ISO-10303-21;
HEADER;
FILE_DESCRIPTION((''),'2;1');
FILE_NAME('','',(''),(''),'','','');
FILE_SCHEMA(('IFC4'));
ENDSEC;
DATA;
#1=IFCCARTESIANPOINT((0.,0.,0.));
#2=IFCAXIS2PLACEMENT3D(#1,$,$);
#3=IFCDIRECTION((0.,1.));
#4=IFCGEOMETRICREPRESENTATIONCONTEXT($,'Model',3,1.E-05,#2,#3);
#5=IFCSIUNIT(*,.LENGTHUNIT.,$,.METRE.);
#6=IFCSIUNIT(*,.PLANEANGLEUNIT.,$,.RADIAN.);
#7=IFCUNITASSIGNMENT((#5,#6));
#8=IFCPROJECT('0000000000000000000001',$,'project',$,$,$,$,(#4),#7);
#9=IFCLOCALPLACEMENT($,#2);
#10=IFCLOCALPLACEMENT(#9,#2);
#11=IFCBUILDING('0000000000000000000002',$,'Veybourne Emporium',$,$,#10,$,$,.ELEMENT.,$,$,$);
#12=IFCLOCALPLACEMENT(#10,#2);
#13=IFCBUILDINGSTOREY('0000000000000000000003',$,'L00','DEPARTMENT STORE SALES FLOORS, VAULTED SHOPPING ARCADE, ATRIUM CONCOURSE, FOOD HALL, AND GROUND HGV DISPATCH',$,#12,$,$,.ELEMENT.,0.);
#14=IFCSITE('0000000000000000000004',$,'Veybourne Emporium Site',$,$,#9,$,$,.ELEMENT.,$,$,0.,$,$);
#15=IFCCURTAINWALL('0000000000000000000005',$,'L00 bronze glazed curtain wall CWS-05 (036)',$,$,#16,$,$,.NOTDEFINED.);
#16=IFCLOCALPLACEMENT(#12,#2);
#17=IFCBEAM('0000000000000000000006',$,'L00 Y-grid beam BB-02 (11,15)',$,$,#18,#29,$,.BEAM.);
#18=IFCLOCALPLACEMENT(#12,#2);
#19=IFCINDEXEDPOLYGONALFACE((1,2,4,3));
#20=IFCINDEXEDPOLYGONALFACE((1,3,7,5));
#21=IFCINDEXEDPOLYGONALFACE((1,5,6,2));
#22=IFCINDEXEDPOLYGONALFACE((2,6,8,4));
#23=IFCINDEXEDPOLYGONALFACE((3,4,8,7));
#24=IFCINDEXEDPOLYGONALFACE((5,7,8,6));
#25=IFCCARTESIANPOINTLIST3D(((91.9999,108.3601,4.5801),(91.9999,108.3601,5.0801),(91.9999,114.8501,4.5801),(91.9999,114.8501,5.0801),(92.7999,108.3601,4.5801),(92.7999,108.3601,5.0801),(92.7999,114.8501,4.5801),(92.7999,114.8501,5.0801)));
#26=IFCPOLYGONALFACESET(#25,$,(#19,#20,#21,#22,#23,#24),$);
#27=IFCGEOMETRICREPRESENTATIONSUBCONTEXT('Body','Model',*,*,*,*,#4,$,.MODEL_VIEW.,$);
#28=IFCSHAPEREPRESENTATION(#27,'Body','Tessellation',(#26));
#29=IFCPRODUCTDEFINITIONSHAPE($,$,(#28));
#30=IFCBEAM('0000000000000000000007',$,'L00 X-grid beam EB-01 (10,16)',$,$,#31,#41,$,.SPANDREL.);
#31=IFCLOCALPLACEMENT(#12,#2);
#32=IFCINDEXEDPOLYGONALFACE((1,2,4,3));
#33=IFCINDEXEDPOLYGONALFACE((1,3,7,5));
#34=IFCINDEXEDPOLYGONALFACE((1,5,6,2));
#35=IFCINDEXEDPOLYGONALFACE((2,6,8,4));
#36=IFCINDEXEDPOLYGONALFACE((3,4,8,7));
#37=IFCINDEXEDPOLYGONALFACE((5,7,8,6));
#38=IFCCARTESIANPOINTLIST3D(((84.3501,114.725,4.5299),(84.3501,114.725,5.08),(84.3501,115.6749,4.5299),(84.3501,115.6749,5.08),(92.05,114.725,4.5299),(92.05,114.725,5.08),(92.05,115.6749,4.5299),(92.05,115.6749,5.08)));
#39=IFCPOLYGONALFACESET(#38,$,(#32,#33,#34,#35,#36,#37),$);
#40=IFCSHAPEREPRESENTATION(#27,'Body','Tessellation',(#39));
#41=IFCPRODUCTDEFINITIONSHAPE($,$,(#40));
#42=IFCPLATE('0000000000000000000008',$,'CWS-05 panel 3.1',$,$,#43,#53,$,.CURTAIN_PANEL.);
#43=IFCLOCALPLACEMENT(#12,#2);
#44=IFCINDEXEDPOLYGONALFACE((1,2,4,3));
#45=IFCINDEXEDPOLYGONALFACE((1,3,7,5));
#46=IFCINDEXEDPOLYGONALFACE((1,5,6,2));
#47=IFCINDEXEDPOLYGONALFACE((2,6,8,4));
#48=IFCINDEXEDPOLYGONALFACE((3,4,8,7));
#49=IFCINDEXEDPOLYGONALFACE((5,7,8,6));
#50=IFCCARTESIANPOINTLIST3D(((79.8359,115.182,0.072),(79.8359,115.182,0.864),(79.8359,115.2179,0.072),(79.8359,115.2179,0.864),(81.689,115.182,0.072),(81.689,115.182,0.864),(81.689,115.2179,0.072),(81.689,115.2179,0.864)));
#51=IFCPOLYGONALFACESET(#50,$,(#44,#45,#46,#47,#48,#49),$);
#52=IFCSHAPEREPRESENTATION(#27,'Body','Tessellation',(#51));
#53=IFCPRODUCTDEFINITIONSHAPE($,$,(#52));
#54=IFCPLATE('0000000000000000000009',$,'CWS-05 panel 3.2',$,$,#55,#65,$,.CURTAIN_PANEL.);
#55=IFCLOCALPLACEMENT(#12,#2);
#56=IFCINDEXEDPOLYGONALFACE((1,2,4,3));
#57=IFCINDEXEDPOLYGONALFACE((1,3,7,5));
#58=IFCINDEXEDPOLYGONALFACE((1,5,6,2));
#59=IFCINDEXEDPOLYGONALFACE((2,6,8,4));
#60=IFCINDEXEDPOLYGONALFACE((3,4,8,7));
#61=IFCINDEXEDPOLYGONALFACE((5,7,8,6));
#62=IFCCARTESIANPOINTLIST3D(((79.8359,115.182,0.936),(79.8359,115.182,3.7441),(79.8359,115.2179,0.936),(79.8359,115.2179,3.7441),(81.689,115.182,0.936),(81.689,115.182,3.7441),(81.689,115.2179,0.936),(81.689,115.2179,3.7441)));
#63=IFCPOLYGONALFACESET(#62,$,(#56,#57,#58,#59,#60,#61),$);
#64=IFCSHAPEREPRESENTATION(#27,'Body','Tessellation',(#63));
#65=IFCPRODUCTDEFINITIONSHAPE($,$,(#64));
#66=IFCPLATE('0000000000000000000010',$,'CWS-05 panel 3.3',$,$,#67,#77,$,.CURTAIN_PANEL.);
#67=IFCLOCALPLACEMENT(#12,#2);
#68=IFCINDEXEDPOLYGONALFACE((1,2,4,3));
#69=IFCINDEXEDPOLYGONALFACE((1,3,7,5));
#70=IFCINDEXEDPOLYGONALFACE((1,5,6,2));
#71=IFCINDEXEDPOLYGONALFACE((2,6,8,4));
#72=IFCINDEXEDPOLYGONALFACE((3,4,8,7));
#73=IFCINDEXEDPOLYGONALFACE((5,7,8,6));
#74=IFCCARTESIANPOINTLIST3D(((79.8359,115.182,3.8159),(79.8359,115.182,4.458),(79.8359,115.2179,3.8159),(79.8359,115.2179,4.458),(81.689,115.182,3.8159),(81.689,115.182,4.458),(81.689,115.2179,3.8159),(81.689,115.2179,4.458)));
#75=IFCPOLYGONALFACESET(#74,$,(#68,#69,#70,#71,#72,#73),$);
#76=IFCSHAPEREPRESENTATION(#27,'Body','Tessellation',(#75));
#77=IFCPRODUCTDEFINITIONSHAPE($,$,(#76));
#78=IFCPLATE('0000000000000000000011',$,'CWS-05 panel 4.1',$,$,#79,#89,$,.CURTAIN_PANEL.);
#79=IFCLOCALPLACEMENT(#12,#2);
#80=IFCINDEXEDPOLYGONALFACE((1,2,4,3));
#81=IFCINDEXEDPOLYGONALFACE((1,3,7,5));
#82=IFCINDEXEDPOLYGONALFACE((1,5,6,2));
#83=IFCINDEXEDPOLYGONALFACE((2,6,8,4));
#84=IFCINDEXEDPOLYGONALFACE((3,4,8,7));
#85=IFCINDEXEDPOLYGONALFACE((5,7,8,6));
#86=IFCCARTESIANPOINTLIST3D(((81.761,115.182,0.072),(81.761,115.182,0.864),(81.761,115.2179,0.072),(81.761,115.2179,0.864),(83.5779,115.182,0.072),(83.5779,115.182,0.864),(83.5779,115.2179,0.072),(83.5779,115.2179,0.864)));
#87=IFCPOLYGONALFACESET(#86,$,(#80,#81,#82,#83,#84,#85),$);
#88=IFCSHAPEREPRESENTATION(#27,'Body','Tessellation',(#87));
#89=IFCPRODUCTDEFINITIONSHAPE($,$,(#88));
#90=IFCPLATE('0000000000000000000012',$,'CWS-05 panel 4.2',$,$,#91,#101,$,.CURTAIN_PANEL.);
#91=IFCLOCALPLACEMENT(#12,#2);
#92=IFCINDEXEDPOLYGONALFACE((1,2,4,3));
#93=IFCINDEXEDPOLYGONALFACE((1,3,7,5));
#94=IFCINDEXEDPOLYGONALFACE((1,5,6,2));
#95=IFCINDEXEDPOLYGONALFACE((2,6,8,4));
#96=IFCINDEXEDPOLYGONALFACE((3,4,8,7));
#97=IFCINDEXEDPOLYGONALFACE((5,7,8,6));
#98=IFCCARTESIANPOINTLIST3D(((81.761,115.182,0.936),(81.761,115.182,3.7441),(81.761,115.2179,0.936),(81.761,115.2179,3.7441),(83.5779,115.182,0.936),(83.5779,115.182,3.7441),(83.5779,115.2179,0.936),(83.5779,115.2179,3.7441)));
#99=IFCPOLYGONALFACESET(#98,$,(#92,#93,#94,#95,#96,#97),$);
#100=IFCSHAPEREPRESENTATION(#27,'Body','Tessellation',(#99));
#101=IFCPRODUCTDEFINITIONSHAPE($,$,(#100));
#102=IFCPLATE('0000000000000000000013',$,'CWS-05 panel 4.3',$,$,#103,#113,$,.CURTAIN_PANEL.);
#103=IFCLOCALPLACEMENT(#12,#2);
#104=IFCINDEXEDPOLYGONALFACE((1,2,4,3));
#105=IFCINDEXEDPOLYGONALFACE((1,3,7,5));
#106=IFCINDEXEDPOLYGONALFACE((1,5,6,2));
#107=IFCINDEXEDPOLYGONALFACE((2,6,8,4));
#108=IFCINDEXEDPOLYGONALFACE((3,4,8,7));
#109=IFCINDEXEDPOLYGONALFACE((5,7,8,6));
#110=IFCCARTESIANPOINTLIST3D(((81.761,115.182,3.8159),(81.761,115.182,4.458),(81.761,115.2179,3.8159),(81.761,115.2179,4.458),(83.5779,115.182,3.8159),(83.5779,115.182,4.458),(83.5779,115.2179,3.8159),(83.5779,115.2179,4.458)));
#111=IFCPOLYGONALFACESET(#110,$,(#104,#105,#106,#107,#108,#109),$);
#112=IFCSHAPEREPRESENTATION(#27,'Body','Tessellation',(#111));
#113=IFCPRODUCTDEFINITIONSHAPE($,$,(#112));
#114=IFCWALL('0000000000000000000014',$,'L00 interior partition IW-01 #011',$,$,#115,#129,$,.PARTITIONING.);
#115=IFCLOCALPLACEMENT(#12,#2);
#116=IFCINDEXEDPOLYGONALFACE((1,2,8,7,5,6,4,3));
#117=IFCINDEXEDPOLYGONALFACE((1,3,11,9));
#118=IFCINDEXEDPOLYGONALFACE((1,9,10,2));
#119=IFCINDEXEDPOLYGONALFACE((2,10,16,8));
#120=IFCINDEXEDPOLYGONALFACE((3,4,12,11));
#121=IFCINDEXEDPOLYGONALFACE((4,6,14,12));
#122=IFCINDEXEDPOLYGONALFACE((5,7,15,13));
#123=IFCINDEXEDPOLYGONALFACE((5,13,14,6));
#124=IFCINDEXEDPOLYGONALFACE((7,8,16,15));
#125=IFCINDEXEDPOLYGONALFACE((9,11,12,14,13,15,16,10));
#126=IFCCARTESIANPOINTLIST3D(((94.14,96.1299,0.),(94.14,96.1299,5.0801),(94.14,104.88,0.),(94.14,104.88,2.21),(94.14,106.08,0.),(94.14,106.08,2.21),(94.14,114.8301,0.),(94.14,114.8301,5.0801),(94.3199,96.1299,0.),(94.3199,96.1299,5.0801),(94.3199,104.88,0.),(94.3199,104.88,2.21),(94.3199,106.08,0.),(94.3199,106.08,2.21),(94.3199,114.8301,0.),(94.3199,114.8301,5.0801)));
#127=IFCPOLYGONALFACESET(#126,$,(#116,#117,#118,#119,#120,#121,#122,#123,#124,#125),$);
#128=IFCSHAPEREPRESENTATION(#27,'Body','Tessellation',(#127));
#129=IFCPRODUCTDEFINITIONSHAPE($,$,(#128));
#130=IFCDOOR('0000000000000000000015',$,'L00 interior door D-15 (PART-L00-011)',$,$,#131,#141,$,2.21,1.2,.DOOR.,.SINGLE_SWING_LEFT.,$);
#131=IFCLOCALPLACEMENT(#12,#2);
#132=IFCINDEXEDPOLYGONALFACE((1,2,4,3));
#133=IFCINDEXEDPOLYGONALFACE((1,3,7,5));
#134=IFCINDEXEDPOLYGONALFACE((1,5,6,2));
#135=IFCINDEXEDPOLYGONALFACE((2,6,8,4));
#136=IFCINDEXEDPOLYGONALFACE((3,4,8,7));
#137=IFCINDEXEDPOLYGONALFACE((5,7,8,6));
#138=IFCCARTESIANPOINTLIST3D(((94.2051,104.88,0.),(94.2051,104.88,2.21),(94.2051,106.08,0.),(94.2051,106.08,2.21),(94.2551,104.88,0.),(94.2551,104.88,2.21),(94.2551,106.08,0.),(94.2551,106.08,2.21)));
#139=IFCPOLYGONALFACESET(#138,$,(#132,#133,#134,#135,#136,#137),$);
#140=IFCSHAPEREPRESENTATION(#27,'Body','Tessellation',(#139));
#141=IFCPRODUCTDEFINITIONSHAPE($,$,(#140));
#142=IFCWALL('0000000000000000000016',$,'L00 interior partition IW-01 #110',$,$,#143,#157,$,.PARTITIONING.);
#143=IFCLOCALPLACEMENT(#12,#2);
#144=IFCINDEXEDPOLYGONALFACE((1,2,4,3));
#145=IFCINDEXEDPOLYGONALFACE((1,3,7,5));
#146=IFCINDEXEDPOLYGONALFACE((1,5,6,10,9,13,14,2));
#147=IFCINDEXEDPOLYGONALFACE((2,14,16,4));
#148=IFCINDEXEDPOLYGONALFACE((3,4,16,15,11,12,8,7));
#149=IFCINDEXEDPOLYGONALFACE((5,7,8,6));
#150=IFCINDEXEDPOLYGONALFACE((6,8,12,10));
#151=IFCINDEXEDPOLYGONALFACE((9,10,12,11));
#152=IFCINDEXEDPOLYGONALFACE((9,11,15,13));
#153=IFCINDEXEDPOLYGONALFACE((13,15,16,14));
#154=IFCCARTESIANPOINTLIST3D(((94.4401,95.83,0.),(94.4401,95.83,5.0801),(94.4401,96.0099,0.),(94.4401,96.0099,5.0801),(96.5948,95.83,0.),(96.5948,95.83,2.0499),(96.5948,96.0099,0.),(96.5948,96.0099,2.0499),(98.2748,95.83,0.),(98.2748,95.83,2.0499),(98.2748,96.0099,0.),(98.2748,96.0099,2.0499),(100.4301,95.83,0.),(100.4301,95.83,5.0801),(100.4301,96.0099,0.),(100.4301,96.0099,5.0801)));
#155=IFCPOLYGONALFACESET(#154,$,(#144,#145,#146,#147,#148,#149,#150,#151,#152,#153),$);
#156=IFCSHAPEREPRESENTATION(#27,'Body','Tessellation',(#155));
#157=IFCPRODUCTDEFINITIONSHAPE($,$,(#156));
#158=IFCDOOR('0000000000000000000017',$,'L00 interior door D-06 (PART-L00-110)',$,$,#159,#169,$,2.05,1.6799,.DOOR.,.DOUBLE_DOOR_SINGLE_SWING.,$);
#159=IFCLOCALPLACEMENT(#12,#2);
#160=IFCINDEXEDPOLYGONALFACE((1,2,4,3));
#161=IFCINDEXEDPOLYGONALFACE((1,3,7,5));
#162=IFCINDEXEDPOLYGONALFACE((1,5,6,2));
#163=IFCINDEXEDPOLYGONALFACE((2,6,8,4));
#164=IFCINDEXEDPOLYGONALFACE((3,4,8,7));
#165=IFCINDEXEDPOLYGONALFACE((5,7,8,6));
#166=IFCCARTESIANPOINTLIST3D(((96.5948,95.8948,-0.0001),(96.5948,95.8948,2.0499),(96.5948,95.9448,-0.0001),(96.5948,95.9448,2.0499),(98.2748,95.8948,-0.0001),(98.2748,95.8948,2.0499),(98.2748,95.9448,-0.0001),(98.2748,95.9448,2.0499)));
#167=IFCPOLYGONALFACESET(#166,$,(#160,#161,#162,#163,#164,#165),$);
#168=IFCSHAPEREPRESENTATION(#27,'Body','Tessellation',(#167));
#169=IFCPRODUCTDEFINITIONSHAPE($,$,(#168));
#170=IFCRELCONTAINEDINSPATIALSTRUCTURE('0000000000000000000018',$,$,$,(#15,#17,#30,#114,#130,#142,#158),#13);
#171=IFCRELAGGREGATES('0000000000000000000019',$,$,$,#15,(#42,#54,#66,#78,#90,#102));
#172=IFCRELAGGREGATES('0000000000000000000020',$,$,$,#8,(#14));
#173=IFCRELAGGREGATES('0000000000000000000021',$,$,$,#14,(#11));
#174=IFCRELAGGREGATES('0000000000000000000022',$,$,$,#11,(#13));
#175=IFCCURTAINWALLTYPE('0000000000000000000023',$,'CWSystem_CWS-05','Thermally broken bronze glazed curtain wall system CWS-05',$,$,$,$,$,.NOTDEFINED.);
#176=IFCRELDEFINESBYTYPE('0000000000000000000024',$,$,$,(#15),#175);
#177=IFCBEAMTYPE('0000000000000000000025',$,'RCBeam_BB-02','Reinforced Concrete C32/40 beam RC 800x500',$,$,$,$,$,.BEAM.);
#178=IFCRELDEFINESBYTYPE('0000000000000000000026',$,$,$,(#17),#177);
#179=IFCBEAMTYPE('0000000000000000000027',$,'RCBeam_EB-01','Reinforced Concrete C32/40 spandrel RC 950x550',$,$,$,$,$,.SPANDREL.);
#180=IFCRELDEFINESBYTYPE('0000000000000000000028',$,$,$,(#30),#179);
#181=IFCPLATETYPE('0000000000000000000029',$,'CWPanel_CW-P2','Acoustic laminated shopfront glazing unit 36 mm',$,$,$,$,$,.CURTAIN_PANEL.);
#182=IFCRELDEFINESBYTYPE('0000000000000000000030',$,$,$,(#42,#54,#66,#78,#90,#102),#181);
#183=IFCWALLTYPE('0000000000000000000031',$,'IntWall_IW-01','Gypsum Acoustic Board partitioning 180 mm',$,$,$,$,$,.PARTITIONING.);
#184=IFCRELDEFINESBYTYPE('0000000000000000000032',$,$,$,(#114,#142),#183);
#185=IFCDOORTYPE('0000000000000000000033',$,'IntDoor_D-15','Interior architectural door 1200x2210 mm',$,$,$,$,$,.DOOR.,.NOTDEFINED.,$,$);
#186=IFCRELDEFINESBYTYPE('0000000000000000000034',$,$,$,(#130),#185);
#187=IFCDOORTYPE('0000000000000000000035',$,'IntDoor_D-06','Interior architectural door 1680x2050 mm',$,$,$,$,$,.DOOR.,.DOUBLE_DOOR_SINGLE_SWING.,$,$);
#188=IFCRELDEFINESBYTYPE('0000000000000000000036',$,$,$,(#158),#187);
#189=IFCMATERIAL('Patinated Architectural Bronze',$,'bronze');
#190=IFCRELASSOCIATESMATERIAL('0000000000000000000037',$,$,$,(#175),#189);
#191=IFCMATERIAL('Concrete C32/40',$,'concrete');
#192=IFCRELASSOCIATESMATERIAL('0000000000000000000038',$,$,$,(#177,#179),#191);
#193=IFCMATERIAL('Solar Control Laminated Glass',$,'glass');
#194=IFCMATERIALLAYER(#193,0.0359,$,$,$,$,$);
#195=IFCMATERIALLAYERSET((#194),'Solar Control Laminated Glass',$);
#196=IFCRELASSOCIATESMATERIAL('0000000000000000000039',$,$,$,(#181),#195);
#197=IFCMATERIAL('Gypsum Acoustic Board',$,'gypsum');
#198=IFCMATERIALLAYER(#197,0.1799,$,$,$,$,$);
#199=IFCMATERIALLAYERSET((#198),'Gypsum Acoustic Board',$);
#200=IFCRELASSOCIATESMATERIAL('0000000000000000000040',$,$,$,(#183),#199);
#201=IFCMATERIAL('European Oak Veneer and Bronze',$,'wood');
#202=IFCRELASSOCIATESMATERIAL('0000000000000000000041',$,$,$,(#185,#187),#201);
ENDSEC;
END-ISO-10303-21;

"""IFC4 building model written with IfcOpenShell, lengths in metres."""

from ifc_helpers import new_model, si_unit, direction, frame, frame_2d, origin, origin_2d, place, context, subcontext, project, spatial, rectangle, extrude, material, layer, layer_set, material_profile, profile_set, type_object, element, fill, aggregate, save


model = new_model("IFC4")

# Units and contexts
model_context = context("Model", 3, precision=1e-05, world=origin(), true_north=direction((0.0, 1.0)))
body_context = subcontext(model_context, "Body", "Model", "MODEL_VIEW")
ifc_project = project(units=[si_unit("LENGTHUNIT", "METRE"), si_unit("PLANEANGLEUNIT", "RADIAN")], contexts=[model_context])

# Site, building, storey
site_placement = place(None, origin())
site = spatial("IfcSite", under=ifc_project, at=site_placement, Name="Veybourne Emporium Site", CompositionType="ELEMENT", RefElevation=0.0)
building_placement = place(site_placement, origin())
building = spatial("IfcBuilding", under=site, at=building_placement, Name="Veybourne Emporium", CompositionType="ELEMENT")
storey_placement = place(building_placement, origin())
storey = spatial("IfcBuildingStorey", under=building, at=storey_placement, Name="L00", Description="DEPARTMENT STORE SALES FLOORS, VAULTED SHOPPING ARCADE, ATRIUM CONCOURSE, FOOD HALL, AND GROUND HGV DISPATCH", CompositionType="ELEMENT", Elevation=0.0)

# Curtain wall
ifc_material_1 = material(Name="Patinated Architectural Bronze", Category="bronze")
curtain_wall_type = type_object("IfcCurtainWallType", Name="CWSystem_CWS-05", Description="Thermally broken bronze glazed curtain wall system CWS-05", PredefinedType="NOTDEFINED", material=ifc_material_1)
curtain_wall_placement = place(storey_placement, origin())
curtain_wall = element("IfcCurtainWall", 1, at=curtain_wall_placement, inside=storey, type_object=curtain_wall_type, Name="L00 bronze glazed curtain wall CWS-05 (036)", PredefinedType="NOTDEFINED")

# Beams
ifc_material_2 = material(Name="Concrete C32/40", Category="concrete")
ifc_material_profile_1 = material_profile(ifc_material_2, rectangle(XDim=0.8, YDim=0.5, at=origin_2d()), Name="RC 800x500")
ifc_profile_set_1 = profile_set([ifc_material_profile_1], Name="Concrete C32/40")
beam_type_1 = type_object("IfcBeamType", Name="RCBeam_BB-02", Description="Reinforced Concrete C32/40 beam RC 800x500", PredefinedType="BEAM", material=ifc_profile_set_1)
for number, where, z_axis, x_axis, name in (
    (2, (92.3999, 108.3601, 4.8301), (0.0, 1.0, 0.0), (-1.0, 0.0, 0.0), "L00 Y-grid beam BB-02 (11,15)"),
):
    element("IfcBeam", number, at=place(storey_placement, frame(where, z_axis=z_axis, x_axis=x_axis)), inside=storey, type_object=beam_type_1, Name=name, PredefinedType="BEAM", context=body_context, shape_type="SweptSolid", body=[
        extrude(rectangle(XDim=0.8, YDim=0.5, at=origin_2d()), origin(), (0.0, 0.0, 1.0), 6.49),
    ])
ifc_material_profile_2 = material_profile(ifc_material_2, rectangle(XDim=0.95, YDim=0.55, at=origin_2d()), Name="RC 950x550")
ifc_profile_set_2 = profile_set([ifc_material_profile_2], Name="Concrete C32/40")
beam_type_2 = type_object("IfcBeamType", Name="RCBeam_EB-01", Description="Reinforced Concrete C32/40 spandrel RC 950x550", PredefinedType="SPANDREL", material=ifc_profile_set_2)
beam_1_placement = place(storey_placement, frame((84.3501, 115.2, 4.8049), z_axis=(1.0, 0.0, 0.0), x_axis=(0.0, 1.0, 0.0)))
element("IfcBeam", 3, at=beam_1_placement, inside=storey, type_object=beam_type_2, Name="L00 X-grid beam EB-01 (10,16)", PredefinedType="SPANDREL", context=body_context, shape_type="SweptSolid", body=[
    extrude(rectangle(XDim=0.95, YDim=0.55, at=origin_2d()), origin(), (0.0, 0.0, 1.0), 7.7),
])

# Plates
ifc_material_3 = material(Name="Solar Control Laminated Glass", Category="glass")
ifc_layer_1 = layer(ifc_material_3, 0.0359)
ifc_layer_set_1 = layer_set([ifc_layer_1], Name="Solar Control Laminated Glass")
plate_type = type_object("IfcPlateType", Name="CWPanel_CW-P2", Description="Acoustic laminated shopfront glazing unit 36 mm", PredefinedType="CURTAIN_PANEL", material=ifc_layer_set_1)
plate_1_placement = place(storey_placement, frame((80.7625, 115.2, 0.072), z_axis=(0.0, 0.0, 1.0), x_axis=(1.0, 0.0, 0.0)))
plate_1 = element("IfcPlate", 4, at=plate_1_placement, type_object=plate_type, Name="CWS-05 panel 3.1", PredefinedType="CURTAIN_PANEL", context=body_context, shape_type="SweptSolid", body=[
    extrude(rectangle(XDim=1.853, YDim=0.0359, at=origin_2d()), origin(), (0.0, 0.0, 1.0), 0.792),
])
plate_2_placement = place(storey_placement, frame((80.7625, 115.2, 0.936), z_axis=(0.0, 0.0, 1.0), x_axis=(1.0, 0.0, 0.0)))
plate_2 = element("IfcPlate", 5, at=plate_2_placement, type_object=plate_type, Name="CWS-05 panel 3.2", PredefinedType="CURTAIN_PANEL", context=body_context, shape_type="SweptSolid", body=[
    extrude(rectangle(XDim=1.853, YDim=0.0359, at=origin_2d()), origin(), (0.0, 0.0, 1.0), 2.8081),
])
plate_3_placement = place(storey_placement, frame((80.7625, 115.2, 3.8159), z_axis=(0.0, 0.0, 1.0), x_axis=(1.0, 0.0, 0.0)))
plate_3 = element("IfcPlate", 6, at=plate_3_placement, type_object=plate_type, Name="CWS-05 panel 3.3", PredefinedType="CURTAIN_PANEL", context=body_context, shape_type="SweptSolid", body=[
    extrude(rectangle(XDim=1.853, YDim=0.0359, at=origin_2d()), origin(), (0.0, 0.0, 1.0), 0.6421),
])
plate_4_placement = place(storey_placement, frame((82.6694, 115.2, 0.072), z_axis=(0.0, 0.0, 1.0), x_axis=(1.0, 0.0, 0.0)))
plate_4 = element("IfcPlate", 7, at=plate_4_placement, type_object=plate_type, Name="CWS-05 panel 4.1", PredefinedType="CURTAIN_PANEL", context=body_context, shape_type="SweptSolid", body=[
    extrude(rectangle(XDim=1.8169, YDim=0.0359, at=origin_2d()), origin(), (0.0, 0.0, 1.0), 0.792),
])
plate_5_placement = place(storey_placement, frame((82.6694, 115.2, 0.936), z_axis=(0.0, 0.0, 1.0), x_axis=(1.0, 0.0, 0.0)))
plate_5 = element("IfcPlate", 8, at=plate_5_placement, type_object=plate_type, Name="CWS-05 panel 4.2", PredefinedType="CURTAIN_PANEL", context=body_context, shape_type="SweptSolid", body=[
    extrude(rectangle(XDim=1.8169, YDim=0.0359, at=origin_2d()), origin(), (0.0, 0.0, 1.0), 2.8081),
])
plate_6_placement = place(storey_placement, frame((82.6694, 115.2, 3.8159), z_axis=(0.0, 0.0, 1.0), x_axis=(1.0, 0.0, 0.0)))
plate_6 = element("IfcPlate", 9, at=plate_6_placement, type_object=plate_type, Name="CWS-05 panel 4.3", PredefinedType="CURTAIN_PANEL", context=body_context, shape_type="SweptSolid", body=[
    extrude(rectangle(XDim=1.8169, YDim=0.0359, at=origin_2d()), origin(), (0.0, 0.0, 1.0), 0.6421),
])
aggregate(curtain_wall, [plate_1, plate_2, plate_3, plate_4, plate_5, plate_6])

# Walls, openings, doors
ifc_material_4 = material(Name="Gypsum Acoustic Board", Category="gypsum")
ifc_layer_2 = layer(ifc_material_4, 0.1799)
ifc_layer_set_2 = layer_set([ifc_layer_2], Name="Gypsum Acoustic Board")
wall_type = type_object("IfcWallType", Name="IntWall_IW-01", Description="Gypsum Acoustic Board partitioning 180 mm", PredefinedType="PARTITIONING", material=ifc_layer_set_2)
wall_1_placement = place(storey_placement, frame((94.23, 96.1299, 0.0), z_axis=(0.0, 0.0, 1.0), x_axis=(0.0, 1.0, 0.0)))
wall_1 = element("IfcWall", 10, at=wall_1_placement, inside=storey, type_object=wall_type, Name="L00 interior partition IW-01 #011", PredefinedType="PARTITIONING", context=body_context, shape_type="SweptSolid", body=[
    extrude(rectangle(XDim=18.7002, YDim=0.1799, at=frame_2d((9.3501, 0.0))), origin(), (0.0, 0.0, 1.0), 5.0801),
])
opening_1_placement = place(wall_1_placement, frame((8.75, 0.0, 0.0)))
opening_1 = element("IfcOpeningElement", 11, at=opening_1_placement, cuts=wall_1, PredefinedType="OPENING", context=body_context, shape_type="SweptSolid", body=[
    extrude(rectangle(XDim=1.2, YDim=2.21, at=frame_2d((0.6001, 1.105))), frame((0.0, 0.1099, 0.0), z_axis=(0.0, -1.0, 0.0), x_axis=(1.0, 0.0, 0.0)), (0.0, 0.0, 1.0), 0.22),
])
ifc_material_5 = material(Name="European Oak Veneer and Bronze", Category="wood")
door_type_1 = type_object("IfcDoorType", Name="IntDoor_D-15", Description="Interior architectural door 1200x2210 mm", OperationType="NOTDEFINED", PredefinedType="DOOR", material=ifc_material_5)
door_1_placement = place(opening_1_placement, origin())
door_1 = element("IfcDoor", 12, at=door_1_placement, inside=storey, type_object=door_type_1, Name="L00 interior door D-15 (PART-L00-011)", OperationType="SINGLE_SWING_LEFT", OverallHeight=2.21, OverallWidth=1.2, PredefinedType="DOOR", context=body_context, shape_type="SweptSolid", body=[
    extrude(rectangle(XDim=1.2, YDim=2.21, at=frame_2d((0.6001, 1.105))), frame((0.0, 0.0249, 0.0), z_axis=(0.0, -1.0, 0.0), x_axis=(1.0, 0.0, 0.0)), (0.0, 0.0, 1.0), 0.05),
])
fill(opening_1, door_1)
wall_2_placement = place(storey_placement, frame((94.4399, 95.9199, 0.0), z_axis=(0.0, 0.0, 1.0), x_axis=(1.0, 0.0, 0.0)))
wall_2 = element("IfcWall", 13, at=wall_2_placement, inside=storey, type_object=wall_type, Name="L00 interior partition IW-01 #110", PredefinedType="PARTITIONING", context=body_context, shape_type="SweptSolid", body=[
    extrude(rectangle(XDim=5.99, YDim=0.1799, at=frame_2d((2.9951, 0.0))), origin(), (0.0, 0.0, 1.0), 5.0801),
])
opening_2_placement = place(wall_2_placement, frame((2.155, 0.0, 0.0)))
opening_2 = element("IfcOpeningElement", 14, at=opening_2_placement, cuts=wall_2, PredefinedType="OPENING", context=body_context, shape_type="SweptSolid", body=[
    extrude(rectangle(XDim=1.6799, YDim=2.05, at=frame_2d((0.8398, 1.0249))), frame((0.0, 0.1099, 0.0), z_axis=(0.0, -1.0, 0.0), x_axis=(1.0, 0.0, 0.0)), (0.0, 0.0, 1.0), 0.22),
])
door_type_2 = type_object("IfcDoorType", Name="IntDoor_D-06", Description="Interior architectural door 1680x2050 mm", OperationType="DOUBLE_DOOR_SINGLE_SWING", PredefinedType="DOOR", material=ifc_material_5)
door_2_placement = place(opening_2_placement, origin())
door_2 = element("IfcDoor", 15, at=door_2_placement, inside=storey, type_object=door_type_2, Name="L00 interior door D-06 (PART-L00-110)", OperationType="DOUBLE_DOOR_SINGLE_SWING", OverallHeight=2.05, OverallWidth=1.6799, PredefinedType="DOOR", context=body_context, shape_type="SweptSolid", body=[
    extrude(rectangle(XDim=1.6799, YDim=2.05, at=frame_2d((0.8398, 1.0249))), frame((0.0, 0.0249, 0.0), z_axis=(0.0, -1.0, 0.0), x_axis=(1.0, 0.0, 0.0)), (0.0, 0.0, 1.0), 0.05),
])
fill(opening_2, door_2)

save(model, "model.ifc")
